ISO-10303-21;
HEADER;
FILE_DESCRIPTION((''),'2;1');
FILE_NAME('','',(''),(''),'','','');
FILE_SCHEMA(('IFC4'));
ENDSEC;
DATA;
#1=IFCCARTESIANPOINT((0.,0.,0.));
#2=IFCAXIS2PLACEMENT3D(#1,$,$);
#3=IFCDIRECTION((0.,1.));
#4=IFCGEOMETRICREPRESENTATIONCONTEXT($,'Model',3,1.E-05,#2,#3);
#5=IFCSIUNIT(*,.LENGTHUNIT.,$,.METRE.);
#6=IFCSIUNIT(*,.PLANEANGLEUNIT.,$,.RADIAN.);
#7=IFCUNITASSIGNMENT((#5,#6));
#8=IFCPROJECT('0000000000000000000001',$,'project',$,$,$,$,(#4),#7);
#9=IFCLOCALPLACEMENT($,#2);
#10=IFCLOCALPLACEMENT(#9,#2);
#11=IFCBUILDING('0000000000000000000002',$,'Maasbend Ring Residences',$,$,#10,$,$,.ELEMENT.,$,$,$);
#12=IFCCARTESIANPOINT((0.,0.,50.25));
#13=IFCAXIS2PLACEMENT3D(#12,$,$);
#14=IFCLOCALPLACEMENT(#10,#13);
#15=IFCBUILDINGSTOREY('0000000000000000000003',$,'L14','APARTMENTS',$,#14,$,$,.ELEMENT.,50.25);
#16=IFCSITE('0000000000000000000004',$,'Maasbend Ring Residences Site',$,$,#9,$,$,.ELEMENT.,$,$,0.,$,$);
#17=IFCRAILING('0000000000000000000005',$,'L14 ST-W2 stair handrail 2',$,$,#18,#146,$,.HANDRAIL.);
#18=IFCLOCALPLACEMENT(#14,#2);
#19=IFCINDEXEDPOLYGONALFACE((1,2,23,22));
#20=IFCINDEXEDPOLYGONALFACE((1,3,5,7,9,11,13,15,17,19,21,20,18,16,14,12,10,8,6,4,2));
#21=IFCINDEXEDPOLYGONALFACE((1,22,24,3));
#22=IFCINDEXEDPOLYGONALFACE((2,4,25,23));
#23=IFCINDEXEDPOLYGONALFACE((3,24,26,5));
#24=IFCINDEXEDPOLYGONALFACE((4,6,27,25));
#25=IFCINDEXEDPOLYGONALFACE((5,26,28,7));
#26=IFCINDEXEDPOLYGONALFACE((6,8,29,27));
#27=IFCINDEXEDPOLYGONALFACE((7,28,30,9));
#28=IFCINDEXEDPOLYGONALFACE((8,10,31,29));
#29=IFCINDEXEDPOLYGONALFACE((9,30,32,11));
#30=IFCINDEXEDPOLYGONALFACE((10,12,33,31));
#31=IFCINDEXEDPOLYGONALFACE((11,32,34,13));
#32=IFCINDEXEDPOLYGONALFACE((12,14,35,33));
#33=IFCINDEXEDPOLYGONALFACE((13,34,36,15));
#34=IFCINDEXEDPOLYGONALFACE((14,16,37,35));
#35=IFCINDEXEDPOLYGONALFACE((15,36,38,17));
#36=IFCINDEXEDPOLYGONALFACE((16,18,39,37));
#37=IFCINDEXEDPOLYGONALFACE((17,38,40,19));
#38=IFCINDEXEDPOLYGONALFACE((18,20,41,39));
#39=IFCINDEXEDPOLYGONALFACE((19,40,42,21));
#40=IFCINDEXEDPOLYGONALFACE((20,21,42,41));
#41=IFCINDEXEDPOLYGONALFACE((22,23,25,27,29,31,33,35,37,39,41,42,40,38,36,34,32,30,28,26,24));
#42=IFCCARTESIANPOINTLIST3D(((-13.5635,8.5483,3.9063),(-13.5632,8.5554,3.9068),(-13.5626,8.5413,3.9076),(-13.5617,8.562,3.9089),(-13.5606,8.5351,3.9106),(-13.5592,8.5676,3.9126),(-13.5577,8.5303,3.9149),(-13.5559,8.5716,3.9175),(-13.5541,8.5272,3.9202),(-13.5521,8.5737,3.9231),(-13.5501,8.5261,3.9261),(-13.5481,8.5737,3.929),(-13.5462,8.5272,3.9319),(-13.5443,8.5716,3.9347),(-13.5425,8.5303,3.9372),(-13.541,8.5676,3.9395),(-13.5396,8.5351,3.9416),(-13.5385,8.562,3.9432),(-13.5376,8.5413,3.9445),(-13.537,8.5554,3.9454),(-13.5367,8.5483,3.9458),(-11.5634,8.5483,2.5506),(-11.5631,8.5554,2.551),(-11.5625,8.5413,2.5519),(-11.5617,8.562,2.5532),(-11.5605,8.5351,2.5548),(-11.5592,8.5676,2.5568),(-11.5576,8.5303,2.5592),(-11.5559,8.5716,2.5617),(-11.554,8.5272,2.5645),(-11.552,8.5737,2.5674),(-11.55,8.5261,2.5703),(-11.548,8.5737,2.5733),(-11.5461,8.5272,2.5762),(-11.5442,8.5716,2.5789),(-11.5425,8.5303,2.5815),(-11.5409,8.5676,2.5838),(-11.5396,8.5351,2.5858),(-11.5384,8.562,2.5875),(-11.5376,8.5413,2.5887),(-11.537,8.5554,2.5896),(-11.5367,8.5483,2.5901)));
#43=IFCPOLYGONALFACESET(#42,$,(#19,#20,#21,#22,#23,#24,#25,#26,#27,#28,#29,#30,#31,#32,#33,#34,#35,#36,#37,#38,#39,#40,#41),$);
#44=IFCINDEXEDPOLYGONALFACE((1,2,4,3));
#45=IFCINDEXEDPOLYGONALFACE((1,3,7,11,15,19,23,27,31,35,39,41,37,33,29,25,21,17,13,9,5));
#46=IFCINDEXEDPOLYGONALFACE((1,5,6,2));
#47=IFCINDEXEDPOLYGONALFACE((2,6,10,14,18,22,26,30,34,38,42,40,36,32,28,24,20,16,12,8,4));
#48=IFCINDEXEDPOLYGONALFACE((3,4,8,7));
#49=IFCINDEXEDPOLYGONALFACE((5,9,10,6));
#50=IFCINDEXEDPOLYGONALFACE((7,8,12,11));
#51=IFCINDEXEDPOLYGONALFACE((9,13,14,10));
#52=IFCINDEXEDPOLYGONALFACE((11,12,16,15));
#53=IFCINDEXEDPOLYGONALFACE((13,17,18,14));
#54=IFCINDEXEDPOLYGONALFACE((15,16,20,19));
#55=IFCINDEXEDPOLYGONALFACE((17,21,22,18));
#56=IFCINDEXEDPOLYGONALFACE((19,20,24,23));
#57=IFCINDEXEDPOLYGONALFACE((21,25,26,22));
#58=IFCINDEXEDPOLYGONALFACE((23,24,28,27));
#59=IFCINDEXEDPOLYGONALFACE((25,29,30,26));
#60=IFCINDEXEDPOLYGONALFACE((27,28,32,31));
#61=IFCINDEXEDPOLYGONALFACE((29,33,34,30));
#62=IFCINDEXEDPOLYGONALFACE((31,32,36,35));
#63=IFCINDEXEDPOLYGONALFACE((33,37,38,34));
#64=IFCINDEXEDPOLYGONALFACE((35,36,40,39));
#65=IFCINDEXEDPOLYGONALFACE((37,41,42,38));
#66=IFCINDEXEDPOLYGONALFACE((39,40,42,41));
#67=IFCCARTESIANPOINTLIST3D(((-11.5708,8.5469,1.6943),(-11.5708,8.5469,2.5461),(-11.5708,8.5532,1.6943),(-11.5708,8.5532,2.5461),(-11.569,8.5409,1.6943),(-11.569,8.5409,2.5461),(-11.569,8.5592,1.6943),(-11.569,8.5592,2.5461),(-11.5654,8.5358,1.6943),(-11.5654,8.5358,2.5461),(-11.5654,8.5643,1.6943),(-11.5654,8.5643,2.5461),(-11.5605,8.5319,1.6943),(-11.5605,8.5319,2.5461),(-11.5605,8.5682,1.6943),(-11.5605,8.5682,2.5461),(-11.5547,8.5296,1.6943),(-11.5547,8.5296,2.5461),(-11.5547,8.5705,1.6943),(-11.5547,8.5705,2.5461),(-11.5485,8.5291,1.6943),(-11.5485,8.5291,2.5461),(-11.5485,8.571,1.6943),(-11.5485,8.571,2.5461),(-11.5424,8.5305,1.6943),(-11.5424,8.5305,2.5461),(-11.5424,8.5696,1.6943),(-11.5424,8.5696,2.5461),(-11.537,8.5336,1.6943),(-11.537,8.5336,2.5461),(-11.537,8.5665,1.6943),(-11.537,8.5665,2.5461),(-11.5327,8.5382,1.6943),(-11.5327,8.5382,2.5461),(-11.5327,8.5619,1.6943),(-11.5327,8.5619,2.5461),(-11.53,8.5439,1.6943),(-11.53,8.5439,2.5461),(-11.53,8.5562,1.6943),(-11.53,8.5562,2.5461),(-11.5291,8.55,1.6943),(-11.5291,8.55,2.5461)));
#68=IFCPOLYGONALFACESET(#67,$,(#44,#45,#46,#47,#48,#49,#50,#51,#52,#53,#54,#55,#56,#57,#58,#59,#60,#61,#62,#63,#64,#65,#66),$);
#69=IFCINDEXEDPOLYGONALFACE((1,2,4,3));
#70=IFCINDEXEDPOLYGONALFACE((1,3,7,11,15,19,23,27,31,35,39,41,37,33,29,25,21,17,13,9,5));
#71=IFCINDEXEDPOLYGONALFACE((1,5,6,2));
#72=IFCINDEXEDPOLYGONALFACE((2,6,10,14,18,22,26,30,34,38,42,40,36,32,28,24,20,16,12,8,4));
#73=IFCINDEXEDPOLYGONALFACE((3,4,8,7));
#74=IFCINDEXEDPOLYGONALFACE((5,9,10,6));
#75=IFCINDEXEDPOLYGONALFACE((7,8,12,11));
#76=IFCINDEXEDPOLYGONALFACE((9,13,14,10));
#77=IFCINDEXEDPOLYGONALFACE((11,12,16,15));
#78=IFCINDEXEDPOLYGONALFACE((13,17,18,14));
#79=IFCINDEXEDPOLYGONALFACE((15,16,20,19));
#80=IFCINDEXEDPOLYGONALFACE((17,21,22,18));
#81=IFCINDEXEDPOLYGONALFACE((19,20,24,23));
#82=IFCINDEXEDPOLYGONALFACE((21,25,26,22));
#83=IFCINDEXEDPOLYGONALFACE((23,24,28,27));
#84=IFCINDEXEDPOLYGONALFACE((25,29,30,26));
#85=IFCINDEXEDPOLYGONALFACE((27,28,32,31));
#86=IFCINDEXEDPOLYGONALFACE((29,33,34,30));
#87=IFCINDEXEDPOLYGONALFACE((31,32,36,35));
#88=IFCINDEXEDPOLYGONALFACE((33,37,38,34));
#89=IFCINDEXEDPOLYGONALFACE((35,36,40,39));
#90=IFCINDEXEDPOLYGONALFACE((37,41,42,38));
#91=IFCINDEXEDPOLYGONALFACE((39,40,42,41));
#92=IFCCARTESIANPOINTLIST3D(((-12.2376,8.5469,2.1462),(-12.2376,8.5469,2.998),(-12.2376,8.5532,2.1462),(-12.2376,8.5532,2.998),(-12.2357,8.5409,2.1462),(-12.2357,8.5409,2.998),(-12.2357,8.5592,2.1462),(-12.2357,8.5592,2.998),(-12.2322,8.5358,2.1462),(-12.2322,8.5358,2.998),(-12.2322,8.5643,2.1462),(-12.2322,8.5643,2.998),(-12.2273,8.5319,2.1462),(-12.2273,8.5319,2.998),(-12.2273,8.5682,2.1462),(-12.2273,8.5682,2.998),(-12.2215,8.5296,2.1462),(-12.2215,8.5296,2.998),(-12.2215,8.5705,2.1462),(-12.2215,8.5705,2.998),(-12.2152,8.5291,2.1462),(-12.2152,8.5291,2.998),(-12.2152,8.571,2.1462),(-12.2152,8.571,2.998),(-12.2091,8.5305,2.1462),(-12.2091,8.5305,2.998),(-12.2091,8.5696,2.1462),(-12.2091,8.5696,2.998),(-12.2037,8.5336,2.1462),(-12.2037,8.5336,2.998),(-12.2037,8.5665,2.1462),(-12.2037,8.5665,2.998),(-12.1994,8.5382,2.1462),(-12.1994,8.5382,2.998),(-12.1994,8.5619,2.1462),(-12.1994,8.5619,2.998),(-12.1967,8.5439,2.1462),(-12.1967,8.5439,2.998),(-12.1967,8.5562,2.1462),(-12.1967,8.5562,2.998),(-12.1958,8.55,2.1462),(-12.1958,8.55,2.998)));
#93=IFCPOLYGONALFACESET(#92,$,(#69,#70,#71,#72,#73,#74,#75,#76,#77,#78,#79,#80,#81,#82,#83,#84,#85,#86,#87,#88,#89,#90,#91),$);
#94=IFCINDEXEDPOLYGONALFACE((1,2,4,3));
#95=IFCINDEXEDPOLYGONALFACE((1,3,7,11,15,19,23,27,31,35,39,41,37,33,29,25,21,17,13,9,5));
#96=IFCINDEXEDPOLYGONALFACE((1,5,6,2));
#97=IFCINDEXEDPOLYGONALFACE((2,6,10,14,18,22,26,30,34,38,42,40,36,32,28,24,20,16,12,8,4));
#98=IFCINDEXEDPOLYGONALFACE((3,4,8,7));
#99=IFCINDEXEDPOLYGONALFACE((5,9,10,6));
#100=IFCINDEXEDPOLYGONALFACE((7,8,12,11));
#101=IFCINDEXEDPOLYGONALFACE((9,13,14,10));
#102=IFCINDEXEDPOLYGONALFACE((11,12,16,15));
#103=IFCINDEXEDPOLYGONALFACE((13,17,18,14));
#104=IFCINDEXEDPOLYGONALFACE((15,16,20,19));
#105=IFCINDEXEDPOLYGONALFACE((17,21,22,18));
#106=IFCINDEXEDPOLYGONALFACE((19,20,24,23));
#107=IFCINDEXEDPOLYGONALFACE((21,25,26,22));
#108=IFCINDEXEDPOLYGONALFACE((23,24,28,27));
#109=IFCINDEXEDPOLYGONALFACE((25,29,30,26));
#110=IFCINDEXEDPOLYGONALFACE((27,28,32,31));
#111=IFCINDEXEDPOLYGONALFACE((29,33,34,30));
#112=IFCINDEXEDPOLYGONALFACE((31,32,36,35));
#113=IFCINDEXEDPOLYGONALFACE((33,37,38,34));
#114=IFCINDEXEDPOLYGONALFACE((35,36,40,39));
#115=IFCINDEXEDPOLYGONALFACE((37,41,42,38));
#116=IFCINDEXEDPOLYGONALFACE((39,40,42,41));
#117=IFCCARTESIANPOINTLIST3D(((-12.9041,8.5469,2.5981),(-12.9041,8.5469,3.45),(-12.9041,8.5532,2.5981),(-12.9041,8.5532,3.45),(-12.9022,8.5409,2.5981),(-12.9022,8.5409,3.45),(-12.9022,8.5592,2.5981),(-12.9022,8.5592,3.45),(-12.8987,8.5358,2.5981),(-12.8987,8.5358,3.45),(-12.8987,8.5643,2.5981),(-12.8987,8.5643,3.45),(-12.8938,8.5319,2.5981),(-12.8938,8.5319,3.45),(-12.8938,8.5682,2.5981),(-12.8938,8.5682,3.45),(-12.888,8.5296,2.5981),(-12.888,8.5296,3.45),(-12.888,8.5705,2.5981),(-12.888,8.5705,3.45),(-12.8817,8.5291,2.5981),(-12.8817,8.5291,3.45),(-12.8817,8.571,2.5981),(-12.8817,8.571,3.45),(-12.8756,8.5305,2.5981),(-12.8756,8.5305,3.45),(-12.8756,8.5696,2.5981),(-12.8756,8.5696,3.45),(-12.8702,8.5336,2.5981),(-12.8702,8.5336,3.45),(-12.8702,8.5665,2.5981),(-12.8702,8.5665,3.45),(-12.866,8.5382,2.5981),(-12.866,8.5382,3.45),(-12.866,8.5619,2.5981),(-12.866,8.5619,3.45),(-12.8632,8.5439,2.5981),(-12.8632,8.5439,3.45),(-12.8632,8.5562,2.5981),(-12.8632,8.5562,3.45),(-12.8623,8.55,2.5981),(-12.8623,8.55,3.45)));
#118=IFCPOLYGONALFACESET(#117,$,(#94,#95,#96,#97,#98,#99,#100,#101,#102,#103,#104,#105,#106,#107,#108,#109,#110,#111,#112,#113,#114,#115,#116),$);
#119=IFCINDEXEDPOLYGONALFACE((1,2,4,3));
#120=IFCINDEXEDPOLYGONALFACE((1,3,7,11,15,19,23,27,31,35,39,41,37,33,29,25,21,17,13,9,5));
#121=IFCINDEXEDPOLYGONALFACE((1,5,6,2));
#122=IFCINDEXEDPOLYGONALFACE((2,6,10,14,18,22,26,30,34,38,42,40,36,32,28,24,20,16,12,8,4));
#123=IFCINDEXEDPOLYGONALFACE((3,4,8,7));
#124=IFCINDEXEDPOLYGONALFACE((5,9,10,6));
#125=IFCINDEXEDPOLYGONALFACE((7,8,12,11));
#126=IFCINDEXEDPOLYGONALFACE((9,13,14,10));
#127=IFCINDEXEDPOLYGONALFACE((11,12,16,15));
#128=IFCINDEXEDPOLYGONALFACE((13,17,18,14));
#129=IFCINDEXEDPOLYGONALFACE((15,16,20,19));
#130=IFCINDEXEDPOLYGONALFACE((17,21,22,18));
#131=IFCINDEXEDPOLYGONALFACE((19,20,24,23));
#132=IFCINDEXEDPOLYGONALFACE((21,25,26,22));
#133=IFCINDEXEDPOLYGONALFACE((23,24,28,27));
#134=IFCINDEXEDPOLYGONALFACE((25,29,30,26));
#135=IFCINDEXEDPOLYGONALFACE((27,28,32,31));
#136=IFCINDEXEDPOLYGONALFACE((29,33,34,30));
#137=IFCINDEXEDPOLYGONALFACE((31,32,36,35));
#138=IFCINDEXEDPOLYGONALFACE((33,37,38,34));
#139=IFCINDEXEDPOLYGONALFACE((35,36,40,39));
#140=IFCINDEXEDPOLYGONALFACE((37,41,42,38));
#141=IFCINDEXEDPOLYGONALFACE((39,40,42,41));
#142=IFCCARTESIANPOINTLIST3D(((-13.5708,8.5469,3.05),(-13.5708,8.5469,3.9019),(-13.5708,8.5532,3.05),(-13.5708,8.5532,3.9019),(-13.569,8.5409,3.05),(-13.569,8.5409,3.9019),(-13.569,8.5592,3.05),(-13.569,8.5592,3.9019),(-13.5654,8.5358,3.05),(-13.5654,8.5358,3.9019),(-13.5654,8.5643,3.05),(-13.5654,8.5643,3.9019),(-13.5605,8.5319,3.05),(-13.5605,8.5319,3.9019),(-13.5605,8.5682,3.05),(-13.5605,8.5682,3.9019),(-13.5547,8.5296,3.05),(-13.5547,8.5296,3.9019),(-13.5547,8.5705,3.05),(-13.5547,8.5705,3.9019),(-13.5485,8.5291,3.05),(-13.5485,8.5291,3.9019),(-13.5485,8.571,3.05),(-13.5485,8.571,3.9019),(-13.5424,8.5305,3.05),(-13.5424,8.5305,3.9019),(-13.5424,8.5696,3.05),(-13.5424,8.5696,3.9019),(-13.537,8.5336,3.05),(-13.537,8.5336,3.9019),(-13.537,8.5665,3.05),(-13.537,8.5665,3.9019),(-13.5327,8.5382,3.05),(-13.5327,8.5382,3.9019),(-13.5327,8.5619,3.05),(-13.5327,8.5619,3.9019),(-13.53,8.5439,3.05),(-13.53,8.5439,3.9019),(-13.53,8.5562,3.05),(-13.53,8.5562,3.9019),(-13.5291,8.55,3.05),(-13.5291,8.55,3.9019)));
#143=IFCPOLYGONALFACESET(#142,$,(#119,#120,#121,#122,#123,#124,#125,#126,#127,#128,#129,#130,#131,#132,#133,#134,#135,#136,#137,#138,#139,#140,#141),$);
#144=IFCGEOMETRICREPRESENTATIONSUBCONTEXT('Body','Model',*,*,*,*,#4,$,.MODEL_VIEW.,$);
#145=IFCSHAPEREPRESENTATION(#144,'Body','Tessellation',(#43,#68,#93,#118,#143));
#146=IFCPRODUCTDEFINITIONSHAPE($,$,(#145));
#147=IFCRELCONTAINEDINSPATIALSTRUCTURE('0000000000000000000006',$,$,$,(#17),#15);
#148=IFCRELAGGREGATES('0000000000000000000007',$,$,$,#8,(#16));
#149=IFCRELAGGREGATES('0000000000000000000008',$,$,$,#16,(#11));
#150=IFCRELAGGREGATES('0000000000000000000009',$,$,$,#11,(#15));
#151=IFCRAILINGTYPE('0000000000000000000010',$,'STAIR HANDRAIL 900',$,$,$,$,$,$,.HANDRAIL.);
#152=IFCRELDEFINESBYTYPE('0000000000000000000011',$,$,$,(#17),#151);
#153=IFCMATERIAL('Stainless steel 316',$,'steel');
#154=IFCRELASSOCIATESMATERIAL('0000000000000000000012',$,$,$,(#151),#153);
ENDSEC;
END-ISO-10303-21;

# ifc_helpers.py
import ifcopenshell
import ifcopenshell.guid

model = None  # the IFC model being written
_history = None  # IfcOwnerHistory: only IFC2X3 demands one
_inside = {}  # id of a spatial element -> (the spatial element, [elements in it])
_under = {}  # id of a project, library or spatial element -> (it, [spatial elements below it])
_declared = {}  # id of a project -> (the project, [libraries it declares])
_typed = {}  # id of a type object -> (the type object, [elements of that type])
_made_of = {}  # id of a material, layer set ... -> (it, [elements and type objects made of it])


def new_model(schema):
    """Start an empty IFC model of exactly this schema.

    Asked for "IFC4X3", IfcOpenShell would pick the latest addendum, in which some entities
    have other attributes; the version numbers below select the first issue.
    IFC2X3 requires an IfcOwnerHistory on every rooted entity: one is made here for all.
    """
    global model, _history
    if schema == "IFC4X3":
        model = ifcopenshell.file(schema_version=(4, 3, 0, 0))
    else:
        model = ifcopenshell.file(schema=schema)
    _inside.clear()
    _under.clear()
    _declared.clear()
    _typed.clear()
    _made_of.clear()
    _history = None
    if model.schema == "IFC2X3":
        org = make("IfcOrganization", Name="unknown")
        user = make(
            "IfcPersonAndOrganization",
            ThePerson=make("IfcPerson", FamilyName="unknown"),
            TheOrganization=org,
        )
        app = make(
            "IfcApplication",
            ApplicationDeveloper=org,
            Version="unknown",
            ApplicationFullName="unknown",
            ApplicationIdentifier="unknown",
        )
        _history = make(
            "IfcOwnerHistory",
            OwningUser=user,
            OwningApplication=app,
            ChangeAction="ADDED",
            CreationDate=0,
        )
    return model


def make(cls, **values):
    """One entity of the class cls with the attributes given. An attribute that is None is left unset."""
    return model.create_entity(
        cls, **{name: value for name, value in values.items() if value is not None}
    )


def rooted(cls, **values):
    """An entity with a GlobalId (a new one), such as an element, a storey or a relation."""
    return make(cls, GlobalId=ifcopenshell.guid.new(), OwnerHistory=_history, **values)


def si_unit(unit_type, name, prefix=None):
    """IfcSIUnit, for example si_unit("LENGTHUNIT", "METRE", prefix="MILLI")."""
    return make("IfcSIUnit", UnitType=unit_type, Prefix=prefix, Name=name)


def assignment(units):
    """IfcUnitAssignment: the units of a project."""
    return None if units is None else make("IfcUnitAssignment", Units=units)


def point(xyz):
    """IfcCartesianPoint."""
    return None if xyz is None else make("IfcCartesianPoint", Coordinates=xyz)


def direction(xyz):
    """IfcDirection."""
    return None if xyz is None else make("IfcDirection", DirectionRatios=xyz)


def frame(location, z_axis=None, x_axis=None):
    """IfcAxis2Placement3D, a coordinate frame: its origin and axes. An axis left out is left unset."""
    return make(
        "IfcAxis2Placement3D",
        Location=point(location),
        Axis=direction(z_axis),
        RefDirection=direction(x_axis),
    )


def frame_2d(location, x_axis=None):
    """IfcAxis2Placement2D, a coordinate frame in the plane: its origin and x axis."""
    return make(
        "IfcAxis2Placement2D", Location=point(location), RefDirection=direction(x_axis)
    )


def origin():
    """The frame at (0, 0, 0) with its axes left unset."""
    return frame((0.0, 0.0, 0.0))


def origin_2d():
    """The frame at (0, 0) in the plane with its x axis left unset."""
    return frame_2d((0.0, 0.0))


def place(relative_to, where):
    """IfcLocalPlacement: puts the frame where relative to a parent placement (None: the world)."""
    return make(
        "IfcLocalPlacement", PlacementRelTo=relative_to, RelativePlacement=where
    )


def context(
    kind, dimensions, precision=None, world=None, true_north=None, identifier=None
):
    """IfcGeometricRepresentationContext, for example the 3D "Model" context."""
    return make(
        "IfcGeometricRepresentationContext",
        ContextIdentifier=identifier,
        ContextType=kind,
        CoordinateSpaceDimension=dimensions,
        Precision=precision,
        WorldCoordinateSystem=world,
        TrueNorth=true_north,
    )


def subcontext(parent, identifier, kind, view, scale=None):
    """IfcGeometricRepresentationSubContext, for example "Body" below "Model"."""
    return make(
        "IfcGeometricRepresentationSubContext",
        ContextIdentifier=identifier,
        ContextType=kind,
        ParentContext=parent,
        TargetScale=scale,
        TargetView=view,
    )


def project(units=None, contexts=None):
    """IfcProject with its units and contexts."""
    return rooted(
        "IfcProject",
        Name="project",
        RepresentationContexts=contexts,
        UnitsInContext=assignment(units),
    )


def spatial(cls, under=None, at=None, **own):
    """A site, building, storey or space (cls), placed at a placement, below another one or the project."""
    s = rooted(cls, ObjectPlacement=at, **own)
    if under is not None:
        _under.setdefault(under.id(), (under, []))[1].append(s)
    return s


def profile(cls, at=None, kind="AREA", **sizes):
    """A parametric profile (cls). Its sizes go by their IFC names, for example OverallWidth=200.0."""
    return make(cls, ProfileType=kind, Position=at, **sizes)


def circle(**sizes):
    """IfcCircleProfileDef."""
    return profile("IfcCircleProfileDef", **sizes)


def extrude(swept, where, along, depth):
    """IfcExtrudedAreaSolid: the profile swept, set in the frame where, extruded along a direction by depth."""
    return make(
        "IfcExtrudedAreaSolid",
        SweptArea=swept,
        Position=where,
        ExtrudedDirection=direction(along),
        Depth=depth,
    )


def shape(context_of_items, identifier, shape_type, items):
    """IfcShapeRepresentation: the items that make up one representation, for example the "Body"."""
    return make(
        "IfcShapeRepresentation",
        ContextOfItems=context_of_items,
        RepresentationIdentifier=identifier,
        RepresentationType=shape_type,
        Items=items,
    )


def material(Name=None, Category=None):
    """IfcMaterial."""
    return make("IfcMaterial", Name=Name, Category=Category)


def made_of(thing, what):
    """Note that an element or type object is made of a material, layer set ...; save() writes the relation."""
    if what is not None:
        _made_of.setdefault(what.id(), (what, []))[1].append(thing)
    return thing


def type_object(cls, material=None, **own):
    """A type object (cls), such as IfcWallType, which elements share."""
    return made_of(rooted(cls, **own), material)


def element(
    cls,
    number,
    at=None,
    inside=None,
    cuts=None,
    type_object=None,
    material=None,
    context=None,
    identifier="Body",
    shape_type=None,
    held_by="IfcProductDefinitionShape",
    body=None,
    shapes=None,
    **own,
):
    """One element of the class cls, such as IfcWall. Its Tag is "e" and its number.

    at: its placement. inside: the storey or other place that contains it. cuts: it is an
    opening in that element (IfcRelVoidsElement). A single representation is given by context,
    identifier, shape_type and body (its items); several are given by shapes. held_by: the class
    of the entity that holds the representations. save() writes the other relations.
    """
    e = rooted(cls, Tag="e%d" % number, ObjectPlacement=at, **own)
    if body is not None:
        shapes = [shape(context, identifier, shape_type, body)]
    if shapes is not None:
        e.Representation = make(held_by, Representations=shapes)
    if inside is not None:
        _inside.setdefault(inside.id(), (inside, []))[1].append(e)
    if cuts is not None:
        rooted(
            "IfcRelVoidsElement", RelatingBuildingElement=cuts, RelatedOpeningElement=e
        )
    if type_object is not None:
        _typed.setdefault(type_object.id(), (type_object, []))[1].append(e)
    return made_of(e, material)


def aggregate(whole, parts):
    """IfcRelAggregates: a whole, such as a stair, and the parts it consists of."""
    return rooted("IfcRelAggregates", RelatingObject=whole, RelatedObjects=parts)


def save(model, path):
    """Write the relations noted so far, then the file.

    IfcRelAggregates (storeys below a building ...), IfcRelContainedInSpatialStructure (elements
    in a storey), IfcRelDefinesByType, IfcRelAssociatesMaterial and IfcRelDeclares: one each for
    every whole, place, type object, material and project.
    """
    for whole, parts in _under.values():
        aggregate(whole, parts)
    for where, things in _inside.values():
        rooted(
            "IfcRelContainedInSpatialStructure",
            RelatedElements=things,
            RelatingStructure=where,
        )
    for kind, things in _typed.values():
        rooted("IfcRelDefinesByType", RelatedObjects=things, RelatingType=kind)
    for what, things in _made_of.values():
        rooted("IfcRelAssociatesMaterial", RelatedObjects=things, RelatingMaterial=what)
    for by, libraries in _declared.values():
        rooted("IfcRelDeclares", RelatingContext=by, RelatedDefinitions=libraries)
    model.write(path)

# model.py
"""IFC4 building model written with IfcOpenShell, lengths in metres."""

from ifc_helpers import new_model, si_unit, direction, frame, origin, origin_2d, place, context, subcontext, project, spatial, circle, extrude, material, type_object, element, save


model = new_model("IFC4")

# Units and contexts
model_context = context("Model", 3, precision=1e-05, world=origin(), true_north=direction((0.0, 1.0)))
body_context = subcontext(model_context, "Body", "Model", "MODEL_VIEW")
ifc_project = project(units=[si_unit("LENGTHUNIT", "METRE"), si_unit("PLANEANGLEUNIT", "RADIAN")], contexts=[model_context])

# Site, building, storey
site_placement = place(None, origin())
site = spatial("IfcSite", under=ifc_project, at=site_placement, Name="Maasbend Ring Residences Site", CompositionType="ELEMENT", RefElevation=0.0)
building_placement = place(site_placement, origin())
building = spatial("IfcBuilding", under=site, at=building_placement, Name="Maasbend Ring Residences", CompositionType="ELEMENT")
storey_placement = place(building_placement, frame((0.0, 0.0, 50.25)))
storey = spatial("IfcBuildingStorey", under=building, at=storey_placement, Name="L14", Description="APARTMENTS", CompositionType="ELEMENT", Elevation=50.25)

# Railing
ifc_material_1 = material(Name="Stainless steel 316", Category="steel")
railing_type_1 = type_object("IfcRailingType", Name="STAIR HANDRAIL 900", PredefinedType="HANDRAIL", material=ifc_material_1)
railing_1_placement = place(storey_placement, frame((-11.55, 8.55, 1.6943)))
element("IfcRailing", 1, at=railing_1_placement, inside=storey, type_object=railing_type_1, Name="L14 ST-W2 stair handrail 2", PredefinedType="HANDRAIL", context=body_context, shape_type="SweptSolid", body=[
    extrude(circle(Radius=0.0239, at=origin_2d()), frame((0.0, 0.0, 0.876), z_axis=(-0.827751, 0.0, 0.561096), x_axis=(0.0, -1.0, 0.0)), (0.0, 0.0, 1.0), 2.4163),
    extrude(circle(Radius=0.021, at=origin_2d()), origin(), (0.0, 0.0, 1.0), 0.8518),
    extrude(circle(Radius=0.021, at=origin_2d()), frame((-0.6667, 0.0, 0.4519)), (0.0, 0.0, 1.0), 0.8518),
    extrude(circle(Radius=0.021, at=origin_2d()), frame((-1.3333, 0.0, 0.9038)), (0.0, 0.0, 1.0), 0.8518),
    extrude(circle(Radius=0.021, at=origin_2d()), frame((-2.0, 0.0, 1.3557)), (0.0, 0.0, 1.0), 0.8518),
])

save(model, "model.ifc")
